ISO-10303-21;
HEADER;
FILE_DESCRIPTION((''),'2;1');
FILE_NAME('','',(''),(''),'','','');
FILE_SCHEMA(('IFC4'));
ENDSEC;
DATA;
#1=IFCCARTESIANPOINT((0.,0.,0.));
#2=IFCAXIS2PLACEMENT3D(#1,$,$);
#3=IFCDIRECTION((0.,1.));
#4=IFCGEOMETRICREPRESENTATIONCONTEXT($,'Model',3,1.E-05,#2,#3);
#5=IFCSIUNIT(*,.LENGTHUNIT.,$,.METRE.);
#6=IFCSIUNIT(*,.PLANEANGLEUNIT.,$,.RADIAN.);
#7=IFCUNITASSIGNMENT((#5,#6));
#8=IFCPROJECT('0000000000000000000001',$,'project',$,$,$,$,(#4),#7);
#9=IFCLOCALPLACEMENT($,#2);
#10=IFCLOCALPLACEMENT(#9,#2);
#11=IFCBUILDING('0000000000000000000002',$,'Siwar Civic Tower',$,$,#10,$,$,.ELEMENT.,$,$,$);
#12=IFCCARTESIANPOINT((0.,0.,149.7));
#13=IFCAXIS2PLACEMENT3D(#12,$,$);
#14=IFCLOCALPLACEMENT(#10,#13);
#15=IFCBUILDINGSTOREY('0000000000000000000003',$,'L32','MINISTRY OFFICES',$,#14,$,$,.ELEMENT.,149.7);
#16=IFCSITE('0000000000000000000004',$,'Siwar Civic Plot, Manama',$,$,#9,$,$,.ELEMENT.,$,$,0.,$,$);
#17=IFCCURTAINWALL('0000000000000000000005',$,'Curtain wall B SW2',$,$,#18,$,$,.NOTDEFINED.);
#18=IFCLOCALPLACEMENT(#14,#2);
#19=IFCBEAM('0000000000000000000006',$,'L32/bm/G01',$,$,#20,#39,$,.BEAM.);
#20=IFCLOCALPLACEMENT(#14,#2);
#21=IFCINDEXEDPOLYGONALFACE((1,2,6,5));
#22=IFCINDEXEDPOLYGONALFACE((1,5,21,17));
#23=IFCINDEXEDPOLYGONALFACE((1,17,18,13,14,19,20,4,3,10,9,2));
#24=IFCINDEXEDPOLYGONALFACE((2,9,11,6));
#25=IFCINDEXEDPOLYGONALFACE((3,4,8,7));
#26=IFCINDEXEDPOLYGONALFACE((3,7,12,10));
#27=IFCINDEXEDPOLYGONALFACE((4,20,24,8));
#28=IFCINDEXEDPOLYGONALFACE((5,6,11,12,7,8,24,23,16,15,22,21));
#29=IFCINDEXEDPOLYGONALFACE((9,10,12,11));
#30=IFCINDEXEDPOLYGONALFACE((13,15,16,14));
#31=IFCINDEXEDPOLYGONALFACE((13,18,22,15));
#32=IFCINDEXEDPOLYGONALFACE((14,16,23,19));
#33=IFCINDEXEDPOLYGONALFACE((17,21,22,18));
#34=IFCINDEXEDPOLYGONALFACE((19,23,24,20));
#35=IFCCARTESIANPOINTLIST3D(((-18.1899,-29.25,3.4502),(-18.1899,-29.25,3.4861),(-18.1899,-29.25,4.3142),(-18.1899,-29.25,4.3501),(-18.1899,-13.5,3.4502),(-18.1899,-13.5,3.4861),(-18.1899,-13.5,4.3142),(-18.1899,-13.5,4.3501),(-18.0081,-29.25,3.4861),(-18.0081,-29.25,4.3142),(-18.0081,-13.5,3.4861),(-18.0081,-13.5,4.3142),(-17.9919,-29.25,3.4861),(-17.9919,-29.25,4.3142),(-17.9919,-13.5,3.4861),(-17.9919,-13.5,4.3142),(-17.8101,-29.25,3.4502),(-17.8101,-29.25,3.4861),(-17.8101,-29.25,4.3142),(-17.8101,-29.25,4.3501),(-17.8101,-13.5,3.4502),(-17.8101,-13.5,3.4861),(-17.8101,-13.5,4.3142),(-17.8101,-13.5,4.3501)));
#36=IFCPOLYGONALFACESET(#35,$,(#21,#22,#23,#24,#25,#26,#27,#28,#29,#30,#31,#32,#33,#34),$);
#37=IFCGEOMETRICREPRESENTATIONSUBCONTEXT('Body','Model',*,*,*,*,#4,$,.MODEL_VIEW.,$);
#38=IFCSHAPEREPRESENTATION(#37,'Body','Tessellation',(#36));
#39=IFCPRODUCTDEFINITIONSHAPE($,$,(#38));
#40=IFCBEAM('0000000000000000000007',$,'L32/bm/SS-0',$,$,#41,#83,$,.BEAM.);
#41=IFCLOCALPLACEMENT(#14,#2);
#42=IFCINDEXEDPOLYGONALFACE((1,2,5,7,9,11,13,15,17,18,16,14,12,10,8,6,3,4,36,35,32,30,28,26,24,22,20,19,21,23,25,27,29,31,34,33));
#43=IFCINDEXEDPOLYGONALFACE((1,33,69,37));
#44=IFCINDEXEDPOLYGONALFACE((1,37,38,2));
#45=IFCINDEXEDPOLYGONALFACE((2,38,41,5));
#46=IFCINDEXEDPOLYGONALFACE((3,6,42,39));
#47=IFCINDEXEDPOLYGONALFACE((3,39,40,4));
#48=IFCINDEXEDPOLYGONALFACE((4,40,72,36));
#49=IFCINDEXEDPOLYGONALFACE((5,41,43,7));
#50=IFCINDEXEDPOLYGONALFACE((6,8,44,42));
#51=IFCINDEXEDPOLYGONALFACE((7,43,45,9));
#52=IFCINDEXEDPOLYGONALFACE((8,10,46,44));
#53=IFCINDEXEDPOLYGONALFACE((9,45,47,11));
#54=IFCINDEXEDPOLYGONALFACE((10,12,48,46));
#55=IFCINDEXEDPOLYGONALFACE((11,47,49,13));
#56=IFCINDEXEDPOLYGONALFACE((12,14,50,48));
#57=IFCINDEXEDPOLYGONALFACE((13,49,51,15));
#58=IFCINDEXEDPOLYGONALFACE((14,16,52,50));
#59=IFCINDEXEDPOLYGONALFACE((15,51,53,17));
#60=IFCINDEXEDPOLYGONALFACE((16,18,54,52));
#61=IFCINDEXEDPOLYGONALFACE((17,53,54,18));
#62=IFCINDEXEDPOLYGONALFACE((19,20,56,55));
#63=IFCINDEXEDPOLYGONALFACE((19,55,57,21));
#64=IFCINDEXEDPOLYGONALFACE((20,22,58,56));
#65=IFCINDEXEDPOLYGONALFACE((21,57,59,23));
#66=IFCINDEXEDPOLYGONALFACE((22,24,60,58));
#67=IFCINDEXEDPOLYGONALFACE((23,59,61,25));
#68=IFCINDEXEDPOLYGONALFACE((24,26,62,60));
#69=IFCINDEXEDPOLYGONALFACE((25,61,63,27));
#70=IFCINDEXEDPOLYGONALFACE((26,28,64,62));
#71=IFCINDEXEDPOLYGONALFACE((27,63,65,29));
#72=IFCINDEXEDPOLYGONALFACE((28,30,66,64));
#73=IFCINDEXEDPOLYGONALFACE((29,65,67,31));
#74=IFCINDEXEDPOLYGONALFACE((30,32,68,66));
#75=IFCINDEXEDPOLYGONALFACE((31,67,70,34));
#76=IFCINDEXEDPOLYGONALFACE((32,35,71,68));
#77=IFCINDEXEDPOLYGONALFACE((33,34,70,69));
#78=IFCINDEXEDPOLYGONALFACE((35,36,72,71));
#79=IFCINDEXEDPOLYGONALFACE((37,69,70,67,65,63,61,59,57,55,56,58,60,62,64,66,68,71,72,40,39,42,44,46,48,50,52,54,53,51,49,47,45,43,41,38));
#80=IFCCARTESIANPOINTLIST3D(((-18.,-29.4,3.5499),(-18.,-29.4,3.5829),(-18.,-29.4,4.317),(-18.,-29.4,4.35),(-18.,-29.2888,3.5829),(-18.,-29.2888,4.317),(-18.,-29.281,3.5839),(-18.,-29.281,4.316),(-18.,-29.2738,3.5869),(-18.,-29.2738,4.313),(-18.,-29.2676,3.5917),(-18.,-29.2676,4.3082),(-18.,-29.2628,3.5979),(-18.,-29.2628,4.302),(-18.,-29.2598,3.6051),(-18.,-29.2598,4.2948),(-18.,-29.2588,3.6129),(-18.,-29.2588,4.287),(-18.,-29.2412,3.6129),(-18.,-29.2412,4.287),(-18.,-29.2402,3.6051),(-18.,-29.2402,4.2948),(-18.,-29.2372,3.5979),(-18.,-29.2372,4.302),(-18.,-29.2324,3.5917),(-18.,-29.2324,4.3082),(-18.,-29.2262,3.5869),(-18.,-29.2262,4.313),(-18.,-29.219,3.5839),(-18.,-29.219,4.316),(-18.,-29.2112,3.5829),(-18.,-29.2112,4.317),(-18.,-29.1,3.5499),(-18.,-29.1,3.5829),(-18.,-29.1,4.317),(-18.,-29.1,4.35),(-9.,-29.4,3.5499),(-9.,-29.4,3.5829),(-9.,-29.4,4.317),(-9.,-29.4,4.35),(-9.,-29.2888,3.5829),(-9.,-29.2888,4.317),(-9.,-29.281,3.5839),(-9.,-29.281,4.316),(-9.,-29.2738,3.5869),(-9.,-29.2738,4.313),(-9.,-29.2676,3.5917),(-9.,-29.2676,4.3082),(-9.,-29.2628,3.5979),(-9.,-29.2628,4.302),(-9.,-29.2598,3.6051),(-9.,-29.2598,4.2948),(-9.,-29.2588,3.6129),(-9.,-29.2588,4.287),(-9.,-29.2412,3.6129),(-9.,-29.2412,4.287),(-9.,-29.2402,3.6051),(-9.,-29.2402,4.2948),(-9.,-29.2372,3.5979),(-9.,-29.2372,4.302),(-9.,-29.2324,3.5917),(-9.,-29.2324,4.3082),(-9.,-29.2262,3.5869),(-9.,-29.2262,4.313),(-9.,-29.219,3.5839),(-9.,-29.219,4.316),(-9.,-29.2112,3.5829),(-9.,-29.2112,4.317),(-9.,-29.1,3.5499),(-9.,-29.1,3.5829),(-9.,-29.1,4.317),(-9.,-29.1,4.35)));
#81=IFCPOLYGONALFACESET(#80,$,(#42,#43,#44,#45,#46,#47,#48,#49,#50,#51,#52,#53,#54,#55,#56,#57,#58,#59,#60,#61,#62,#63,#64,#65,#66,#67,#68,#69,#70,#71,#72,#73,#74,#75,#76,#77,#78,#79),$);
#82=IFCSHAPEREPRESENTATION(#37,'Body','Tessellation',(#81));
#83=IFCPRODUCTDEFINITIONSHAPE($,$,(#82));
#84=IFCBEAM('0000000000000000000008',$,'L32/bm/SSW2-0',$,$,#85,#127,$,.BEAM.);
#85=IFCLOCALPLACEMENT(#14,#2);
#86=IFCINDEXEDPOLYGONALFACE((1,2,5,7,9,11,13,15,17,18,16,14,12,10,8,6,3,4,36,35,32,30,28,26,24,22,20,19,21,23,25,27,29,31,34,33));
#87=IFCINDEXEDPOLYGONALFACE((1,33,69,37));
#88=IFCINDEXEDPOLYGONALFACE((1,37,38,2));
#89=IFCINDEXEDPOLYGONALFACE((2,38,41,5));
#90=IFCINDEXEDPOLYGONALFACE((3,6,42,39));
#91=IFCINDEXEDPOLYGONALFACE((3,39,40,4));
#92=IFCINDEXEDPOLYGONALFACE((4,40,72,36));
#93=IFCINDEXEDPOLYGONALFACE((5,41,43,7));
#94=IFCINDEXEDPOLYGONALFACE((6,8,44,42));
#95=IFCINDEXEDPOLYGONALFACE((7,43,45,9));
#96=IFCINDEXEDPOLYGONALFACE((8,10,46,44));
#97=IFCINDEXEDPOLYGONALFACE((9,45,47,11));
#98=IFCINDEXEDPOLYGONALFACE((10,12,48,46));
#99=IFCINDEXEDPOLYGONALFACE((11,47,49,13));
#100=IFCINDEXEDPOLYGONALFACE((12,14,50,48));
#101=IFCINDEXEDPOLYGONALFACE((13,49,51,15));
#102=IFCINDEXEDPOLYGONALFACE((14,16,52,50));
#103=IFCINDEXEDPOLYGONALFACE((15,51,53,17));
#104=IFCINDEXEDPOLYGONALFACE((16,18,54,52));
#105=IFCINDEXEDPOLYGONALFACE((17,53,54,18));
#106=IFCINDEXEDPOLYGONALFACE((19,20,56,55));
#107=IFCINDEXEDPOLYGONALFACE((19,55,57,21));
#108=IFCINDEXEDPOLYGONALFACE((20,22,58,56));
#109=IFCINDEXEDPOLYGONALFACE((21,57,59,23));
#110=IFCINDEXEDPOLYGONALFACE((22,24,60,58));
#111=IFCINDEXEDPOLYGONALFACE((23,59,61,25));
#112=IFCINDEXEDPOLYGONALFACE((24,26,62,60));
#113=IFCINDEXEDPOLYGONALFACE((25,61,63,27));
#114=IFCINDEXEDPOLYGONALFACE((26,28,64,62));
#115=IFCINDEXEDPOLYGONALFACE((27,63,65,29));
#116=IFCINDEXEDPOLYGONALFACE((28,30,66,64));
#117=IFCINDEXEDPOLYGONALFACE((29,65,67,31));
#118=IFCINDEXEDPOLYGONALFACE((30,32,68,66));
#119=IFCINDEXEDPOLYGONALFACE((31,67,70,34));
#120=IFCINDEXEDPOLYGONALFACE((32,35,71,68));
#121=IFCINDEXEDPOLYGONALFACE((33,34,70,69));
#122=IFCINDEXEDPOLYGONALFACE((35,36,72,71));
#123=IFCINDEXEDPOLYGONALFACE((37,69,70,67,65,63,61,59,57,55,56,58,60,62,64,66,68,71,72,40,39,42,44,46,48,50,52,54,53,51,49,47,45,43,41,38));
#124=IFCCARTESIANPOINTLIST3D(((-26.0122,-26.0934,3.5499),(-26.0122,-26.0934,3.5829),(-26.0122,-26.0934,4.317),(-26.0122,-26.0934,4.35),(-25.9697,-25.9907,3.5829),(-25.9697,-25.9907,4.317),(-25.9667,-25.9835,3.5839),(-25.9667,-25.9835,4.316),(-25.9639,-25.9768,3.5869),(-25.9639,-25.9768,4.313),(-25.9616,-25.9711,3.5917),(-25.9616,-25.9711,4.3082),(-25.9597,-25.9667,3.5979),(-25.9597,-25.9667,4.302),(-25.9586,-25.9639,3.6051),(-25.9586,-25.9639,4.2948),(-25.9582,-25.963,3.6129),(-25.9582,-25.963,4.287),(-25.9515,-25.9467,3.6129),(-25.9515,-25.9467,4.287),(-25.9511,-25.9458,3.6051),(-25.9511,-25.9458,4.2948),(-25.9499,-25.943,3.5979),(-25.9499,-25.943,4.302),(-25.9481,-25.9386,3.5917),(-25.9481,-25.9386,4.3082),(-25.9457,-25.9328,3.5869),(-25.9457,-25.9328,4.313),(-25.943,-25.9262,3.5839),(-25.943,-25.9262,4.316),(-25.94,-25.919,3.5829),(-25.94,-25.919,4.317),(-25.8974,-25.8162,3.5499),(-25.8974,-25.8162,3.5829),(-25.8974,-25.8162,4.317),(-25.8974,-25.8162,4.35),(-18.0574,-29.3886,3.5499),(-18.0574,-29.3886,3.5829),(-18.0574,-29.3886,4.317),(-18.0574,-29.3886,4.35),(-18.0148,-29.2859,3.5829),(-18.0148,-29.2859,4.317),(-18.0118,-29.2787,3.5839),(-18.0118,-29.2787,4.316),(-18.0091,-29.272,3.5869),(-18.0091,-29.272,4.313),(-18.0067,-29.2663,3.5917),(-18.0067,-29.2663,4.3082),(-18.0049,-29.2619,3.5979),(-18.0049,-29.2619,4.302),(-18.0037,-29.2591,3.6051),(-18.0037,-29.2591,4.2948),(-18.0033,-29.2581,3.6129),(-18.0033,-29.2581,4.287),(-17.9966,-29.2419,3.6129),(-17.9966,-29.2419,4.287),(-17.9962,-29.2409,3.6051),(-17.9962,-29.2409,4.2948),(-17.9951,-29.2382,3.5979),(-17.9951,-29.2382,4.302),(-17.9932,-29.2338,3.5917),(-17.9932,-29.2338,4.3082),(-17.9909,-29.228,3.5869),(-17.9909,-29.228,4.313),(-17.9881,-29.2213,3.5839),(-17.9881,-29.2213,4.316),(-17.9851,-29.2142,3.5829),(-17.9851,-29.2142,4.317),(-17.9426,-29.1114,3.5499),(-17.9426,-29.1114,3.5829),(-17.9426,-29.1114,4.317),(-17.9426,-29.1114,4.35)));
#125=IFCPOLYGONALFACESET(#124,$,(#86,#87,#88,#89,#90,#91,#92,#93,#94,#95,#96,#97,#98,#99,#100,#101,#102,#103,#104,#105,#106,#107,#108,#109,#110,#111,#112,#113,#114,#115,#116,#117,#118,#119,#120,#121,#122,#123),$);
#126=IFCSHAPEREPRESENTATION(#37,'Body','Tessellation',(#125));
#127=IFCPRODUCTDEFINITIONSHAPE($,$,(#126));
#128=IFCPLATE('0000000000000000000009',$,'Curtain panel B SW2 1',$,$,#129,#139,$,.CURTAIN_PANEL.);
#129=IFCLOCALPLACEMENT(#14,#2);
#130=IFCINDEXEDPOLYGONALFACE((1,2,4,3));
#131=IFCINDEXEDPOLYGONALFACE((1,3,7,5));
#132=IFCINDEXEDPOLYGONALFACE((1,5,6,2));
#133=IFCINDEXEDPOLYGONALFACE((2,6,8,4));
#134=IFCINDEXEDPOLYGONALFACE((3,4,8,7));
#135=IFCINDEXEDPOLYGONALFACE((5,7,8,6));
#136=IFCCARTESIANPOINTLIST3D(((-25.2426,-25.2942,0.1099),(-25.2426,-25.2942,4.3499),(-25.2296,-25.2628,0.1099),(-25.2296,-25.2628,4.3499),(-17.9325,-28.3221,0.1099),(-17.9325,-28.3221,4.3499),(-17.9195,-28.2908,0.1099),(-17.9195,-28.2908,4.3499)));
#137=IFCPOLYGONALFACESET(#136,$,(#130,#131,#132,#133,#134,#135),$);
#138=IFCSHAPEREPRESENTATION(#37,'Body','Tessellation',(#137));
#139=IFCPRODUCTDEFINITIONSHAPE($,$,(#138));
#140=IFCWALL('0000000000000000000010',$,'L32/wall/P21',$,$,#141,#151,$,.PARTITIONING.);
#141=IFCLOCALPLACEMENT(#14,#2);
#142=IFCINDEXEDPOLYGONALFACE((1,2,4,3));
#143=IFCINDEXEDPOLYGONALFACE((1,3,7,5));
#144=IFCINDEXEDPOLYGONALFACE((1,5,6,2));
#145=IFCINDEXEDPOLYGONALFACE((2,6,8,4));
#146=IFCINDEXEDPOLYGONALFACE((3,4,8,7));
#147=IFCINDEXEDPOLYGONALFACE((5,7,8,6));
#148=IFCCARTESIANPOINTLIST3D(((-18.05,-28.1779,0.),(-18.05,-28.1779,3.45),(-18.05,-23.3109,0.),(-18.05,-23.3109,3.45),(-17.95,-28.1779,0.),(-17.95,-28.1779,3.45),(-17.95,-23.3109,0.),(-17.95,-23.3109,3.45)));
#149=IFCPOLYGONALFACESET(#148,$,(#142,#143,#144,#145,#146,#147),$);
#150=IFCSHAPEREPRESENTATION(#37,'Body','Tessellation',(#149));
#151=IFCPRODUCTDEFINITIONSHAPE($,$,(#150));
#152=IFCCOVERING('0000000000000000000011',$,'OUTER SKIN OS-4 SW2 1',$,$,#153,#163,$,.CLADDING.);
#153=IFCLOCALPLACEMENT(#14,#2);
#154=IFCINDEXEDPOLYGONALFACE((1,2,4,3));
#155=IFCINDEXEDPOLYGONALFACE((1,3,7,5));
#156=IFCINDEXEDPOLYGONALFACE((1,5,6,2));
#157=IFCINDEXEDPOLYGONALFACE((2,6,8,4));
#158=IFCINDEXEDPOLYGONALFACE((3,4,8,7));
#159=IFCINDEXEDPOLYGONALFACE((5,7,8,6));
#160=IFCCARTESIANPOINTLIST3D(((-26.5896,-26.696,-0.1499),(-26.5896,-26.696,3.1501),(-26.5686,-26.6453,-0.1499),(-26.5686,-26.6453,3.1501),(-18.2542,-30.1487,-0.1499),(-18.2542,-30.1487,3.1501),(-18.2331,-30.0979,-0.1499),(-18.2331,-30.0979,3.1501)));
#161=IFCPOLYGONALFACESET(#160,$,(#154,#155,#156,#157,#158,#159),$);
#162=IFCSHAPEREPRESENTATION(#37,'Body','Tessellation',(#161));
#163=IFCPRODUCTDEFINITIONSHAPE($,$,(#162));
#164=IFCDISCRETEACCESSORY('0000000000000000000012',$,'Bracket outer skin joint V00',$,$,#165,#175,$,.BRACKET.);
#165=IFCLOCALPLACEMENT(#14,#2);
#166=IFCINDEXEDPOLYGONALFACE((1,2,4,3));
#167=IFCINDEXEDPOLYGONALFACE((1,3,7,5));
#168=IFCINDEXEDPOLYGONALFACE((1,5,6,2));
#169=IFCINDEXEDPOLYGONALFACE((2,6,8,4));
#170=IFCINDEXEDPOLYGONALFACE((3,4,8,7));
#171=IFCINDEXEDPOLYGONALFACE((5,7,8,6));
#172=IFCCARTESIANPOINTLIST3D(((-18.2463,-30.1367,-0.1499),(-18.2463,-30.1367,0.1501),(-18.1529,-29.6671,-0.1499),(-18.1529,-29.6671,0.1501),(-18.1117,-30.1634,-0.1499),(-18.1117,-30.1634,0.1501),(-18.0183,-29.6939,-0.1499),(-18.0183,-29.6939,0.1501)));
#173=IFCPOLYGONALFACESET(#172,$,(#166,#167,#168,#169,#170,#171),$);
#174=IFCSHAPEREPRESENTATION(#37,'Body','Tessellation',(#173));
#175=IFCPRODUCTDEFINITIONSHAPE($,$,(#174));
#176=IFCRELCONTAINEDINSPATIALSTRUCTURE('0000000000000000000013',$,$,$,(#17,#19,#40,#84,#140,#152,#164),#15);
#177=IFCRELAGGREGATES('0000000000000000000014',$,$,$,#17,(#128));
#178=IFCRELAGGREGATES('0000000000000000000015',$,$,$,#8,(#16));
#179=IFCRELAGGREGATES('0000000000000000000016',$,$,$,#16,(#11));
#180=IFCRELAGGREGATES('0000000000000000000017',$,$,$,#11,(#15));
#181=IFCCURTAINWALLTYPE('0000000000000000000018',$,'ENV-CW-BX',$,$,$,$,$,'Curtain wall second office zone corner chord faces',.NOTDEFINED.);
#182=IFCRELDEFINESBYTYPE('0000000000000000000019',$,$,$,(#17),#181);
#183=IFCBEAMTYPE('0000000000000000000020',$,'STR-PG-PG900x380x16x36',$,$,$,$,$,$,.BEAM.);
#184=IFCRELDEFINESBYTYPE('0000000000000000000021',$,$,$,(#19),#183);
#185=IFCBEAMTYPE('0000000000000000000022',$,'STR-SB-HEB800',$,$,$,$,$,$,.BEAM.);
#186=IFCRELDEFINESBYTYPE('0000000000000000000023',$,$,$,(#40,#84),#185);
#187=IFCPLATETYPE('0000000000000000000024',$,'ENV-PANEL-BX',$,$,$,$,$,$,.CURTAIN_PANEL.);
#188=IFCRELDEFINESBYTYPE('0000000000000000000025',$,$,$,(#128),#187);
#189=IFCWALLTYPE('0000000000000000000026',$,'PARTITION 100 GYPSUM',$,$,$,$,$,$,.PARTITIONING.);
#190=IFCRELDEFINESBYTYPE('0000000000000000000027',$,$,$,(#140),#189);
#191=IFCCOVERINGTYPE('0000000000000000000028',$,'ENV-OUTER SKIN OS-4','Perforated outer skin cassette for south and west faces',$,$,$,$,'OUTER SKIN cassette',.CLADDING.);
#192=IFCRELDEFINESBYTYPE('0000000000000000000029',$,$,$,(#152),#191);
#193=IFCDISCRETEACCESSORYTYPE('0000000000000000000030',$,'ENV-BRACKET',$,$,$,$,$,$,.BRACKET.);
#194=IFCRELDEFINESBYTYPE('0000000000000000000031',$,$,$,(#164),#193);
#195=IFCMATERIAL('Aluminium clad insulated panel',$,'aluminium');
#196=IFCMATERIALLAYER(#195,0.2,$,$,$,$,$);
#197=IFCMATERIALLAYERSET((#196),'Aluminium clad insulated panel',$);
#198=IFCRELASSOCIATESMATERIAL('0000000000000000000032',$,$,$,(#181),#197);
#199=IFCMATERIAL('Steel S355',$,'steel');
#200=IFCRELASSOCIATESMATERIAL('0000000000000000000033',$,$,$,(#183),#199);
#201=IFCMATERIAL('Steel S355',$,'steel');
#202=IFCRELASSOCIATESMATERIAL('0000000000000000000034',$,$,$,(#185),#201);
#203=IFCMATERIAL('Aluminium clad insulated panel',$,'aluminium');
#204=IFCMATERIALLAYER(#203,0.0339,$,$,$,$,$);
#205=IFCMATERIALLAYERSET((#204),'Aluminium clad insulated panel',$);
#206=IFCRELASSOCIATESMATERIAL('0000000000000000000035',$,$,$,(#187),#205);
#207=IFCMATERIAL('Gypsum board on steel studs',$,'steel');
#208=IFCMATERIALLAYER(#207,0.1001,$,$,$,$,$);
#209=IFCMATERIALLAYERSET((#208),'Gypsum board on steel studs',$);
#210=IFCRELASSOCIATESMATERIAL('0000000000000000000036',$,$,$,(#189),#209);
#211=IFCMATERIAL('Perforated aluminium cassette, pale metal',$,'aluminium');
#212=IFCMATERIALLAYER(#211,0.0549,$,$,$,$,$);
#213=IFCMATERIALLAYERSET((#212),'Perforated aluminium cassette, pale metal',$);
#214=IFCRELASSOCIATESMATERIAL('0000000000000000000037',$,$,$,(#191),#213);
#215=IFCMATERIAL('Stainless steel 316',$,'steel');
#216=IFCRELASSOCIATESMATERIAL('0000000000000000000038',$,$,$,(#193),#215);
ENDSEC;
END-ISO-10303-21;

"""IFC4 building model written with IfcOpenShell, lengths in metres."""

from ifc_helpers import new_model, si_unit, direction, frame, frame_2d, origin, origin_2d, place, context, subcontext, project, spatial, rectangle, i_section, extrude, material, layer, layer_set, material_profile, profile_set, type_object, element, aggregate, save


model = new_model("IFC4")

# Units and contexts
model_context = context("Model", 3, precision=1e-05, world=origin(), true_north=direction((0.0, 1.0)))
body_context = subcontext(model_context, "Body", "Model", "MODEL_VIEW")
ifc_project = project(units=[si_unit("LENGTHUNIT", "METRE"), si_unit("PLANEANGLEUNIT", "RADIAN")], contexts=[model_context])

# Site, building, storey
site_placement = place(None, origin())
site = spatial("IfcSite", under=ifc_project, at=site_placement, Name="Siwar Civic Plot, Manama", CompositionType="ELEMENT", RefElevation=0.0)
building_placement = place(site_placement, origin())
building = spatial("IfcBuilding", under=site, at=building_placement, Name="Siwar Civic Tower", CompositionType="ELEMENT")
storey_placement = place(building_placement, frame((0.0, 0.0, 149.7)))
storey = spatial("IfcBuildingStorey", under=building, at=storey_placement, Name="L32", Description="MINISTRY OFFICES", CompositionType="ELEMENT", Elevation=149.7)

# Curtain wall
ifc_material_1 = material(Name="Aluminium clad insulated panel", Category="aluminium")
ifc_layer_1 = layer(ifc_material_1, 0.2)
ifc_layer_set_1 = layer_set([ifc_layer_1], Name="Aluminium clad insulated panel")
curtain_wall_type = type_object("IfcCurtainWallType", Name="ENV-CW-BX", ElementType="Curtain wall second office zone corner chord faces", PredefinedType="NOTDEFINED", material=ifc_layer_set_1)
curtain_wall_placement = place(storey_placement, origin())
curtain_wall = element("IfcCurtainWall", 1, at=curtain_wall_placement, inside=storey, type_object=curtain_wall_type, Name="Curtain wall B SW2", PredefinedType="NOTDEFINED")

# Beams
ifc_material_2 = material(Name="Steel S355", Category="steel")
ifc_material_profile_1 = material_profile(ifc_material_2, i_section(OverallWidth=0.3799, OverallDepth=0.8999, WebThickness=0.0161, FlangeThickness=0.0359, at=origin_2d()), Name="PG900x380x16x36")
ifc_profile_set_1 = profile_set([ifc_material_profile_1], Name="Steel S355")
beam_type_1 = type_object("IfcBeamType", Name="STR-PG-PG900x380x16x36", PredefinedType="BEAM", material=ifc_profile_set_1)
beam_1_placement = place(storey_placement, frame((-18.0, -29.25, 3.9001), z_axis=(0.0, 1.0, 0.0), x_axis=(-1.0, 0.0, 0.0)))
element("IfcBeam", 2, at=beam_1_placement, inside=storey, type_object=beam_type_1, Name="L32/bm/G01", PredefinedType="BEAM", context=body_context, shape_type="SweptSolid", body=[
    extrude(i_section(OverallWidth=0.3799, OverallDepth=0.8999, WebThickness=0.0161, FlangeThickness=0.0359, at=origin_2d()), origin(), (0.0, 0.0, 1.0), 15.75),
])
ifc_material_3 = material(Name="Steel S355", Category="steel")
ifc_material_profile_2 = material_profile(ifc_material_3, i_section(OverallWidth=0.3, OverallDepth=0.8, WebThickness=0.0176, FlangeThickness=0.033, FilletRadius=0.03, at=origin_2d()), Name="HEB800")
ifc_profile_set_2 = profile_set([ifc_material_profile_2], Name="Steel S355")
beam_type_2 = type_object("IfcBeamType", Name="STR-SB-HEB800", PredefinedType="BEAM", material=ifc_profile_set_2)
beam_2_placement = place(storey_placement, frame((-18.0, -29.25, 3.95), z_axis=(1.0, 0.0, 0.0), x_axis=(0.0, 1.0, 0.0)))
element("IfcBeam", 3, at=beam_2_placement, inside=storey, type_object=beam_type_2, Name="L32/bm/SS-0", PredefinedType="BEAM", context=body_context, shape_type="SweptSolid", body=[
    extrude(i_section(OverallWidth=0.3, OverallDepth=0.8, WebThickness=0.0176, FlangeThickness=0.033, FilletRadius=0.03, at=origin_2d()), origin(), (0.0, 0.0, 1.0), 9.0),
])
beam_3_placement = place(storey_placement, frame((-25.9548, -25.9548, 3.95), z_axis=(0.923873, -0.3827, 0.0), x_axis=(0.3827, 0.923873, 0.0)))
element("IfcBeam", 4, at=beam_3_placement, inside=storey, type_object=beam_type_2, Name="L32/bm/SSW2-0", PredefinedType="BEAM", context=body_context, shape_type="SweptSolid", body=[
    extrude(i_section(OverallWidth=0.3, OverallDepth=0.8, WebThickness=0.0176, FlangeThickness=0.033, FilletRadius=0.03, at=origin_2d()), origin(), (0.0, 0.0, 1.0), 8.6104),
])

# Plate
ifc_material_4 = material(Name="Aluminium clad insulated panel", Category="aluminium")
ifc_layer_2 = layer(ifc_material_4, 0.0339)
ifc_layer_set_2 = layer_set([ifc_layer_2], Name="Aluminium clad insulated panel")
plate_type = type_object("IfcPlateType", Name="ENV-PANEL-BX", PredefinedType="CURTAIN_PANEL", material=ifc_layer_set_2)
plate_placement = place(storey_placement, frame((-21.5811, -26.7925, 0.1099), z_axis=(0.0, 0.0, 1.0), x_axis=(0.92388, -0.382683, 0.0)))
plate = element("IfcPlate", 5, at=plate_placement, type_object=plate_type, Name="Curtain panel B SW2 1", PredefinedType="CURTAIN_PANEL", context=body_context, shape_type="SweptSolid", body=[
    extrude(rectangle(XDim=7.9124, YDim=0.0339, at=origin_2d()), origin(), (0.0, 0.0, 1.0), 4.24),
])
aggregate(curtain_wall, [plate])

# Wall
ifc_material_5 = material(Name="Gypsum board on steel studs", Category="steel")
ifc_layer_3 = layer(ifc_material_5, 0.1001)
ifc_layer_set_3 = layer_set([ifc_layer_3], Name="Gypsum board on steel studs")
wall_type = type_object("IfcWallType", Name="PARTITION 100 GYPSUM", PredefinedType="PARTITIONING", material=ifc_layer_set_3)
wall_placement = place(storey_placement, frame((-18.0, -28.178, 0.0), z_axis=(0.0, 0.0, 1.0), x_axis=(0.0, 1.0, 0.0)))
element("IfcWall", 6, at=wall_placement, inside=storey, type_object=wall_type, Name="L32/wall/P21", PredefinedType="PARTITIONING", context=body_context, shape_type="SweptSolid", body=[
    extrude(rectangle(XDim=4.8669, YDim=0.1001, at=frame_2d((2.4336, 0.0))), origin(), (0.0, 0.0, 1.0), 3.45),
])

# Covering
ifc_material_6 = material(Name="Perforated aluminium cassette, pale metal", Category="aluminium")
ifc_layer_4 = layer(ifc_material_6, 0.0549)
ifc_layer_set_4 = layer_set([ifc_layer_4], Name="Perforated aluminium cassette, pale metal")
covering_type = type_object("IfcCoveringType", Name="ENV-OUTER SKIN OS-4", Description="Perforated outer skin cassette for south and west faces", ElementType="OUTER SKIN cassette", PredefinedType="CLADDING", material=ifc_layer_set_4)
covering_placement = place(storey_placement, frame((-22.4114, -28.397, -0.1499), z_axis=(0.0, 0.0, 1.0), x_axis=(0.92388, -0.382683, 0.0)))
element("IfcCovering", 7, at=covering_placement, inside=storey, type_object=covering_type, Name="OUTER SKIN OS-4 SW2 1", PredefinedType="CLADDING", context=body_context, shape_type="SweptSolid", body=[
    extrude(rectangle(XDim=9.0222, YDim=0.0549, at=origin_2d()), origin(), (0.0, 0.0, 1.0), 3.3),
])

# Discrete accessory
ifc_material_7 = material(Name="Stainless steel 316", Category="steel")
discrete_accessory_type = type_object("IfcDiscreteAccessoryType", Name="ENV-BRACKET", PredefinedType="BRACKET", material=ifc_material_7)
discrete_accessory_placement = place(storey_placement, frame((-18.1323, -29.9153, -0.1499), z_axis=(0.0, 0.0, 1.0), x_axis=(-0.19509, -0.980785, 0.0)))
element("IfcDiscreteAccessory", 8, at=discrete_accessory_placement, inside=storey, type_object=discrete_accessory_type, Name="Bracket outer skin joint V00", PredefinedType="BRACKET", context=body_context, shape_type="SweptSolid", body=[
    extrude(rectangle(XDim=0.4788, YDim=0.1372, at=origin_2d()), origin(), (0.0, 0.0, 1.0), 0.3),
])

save(model, "model.ifc")
